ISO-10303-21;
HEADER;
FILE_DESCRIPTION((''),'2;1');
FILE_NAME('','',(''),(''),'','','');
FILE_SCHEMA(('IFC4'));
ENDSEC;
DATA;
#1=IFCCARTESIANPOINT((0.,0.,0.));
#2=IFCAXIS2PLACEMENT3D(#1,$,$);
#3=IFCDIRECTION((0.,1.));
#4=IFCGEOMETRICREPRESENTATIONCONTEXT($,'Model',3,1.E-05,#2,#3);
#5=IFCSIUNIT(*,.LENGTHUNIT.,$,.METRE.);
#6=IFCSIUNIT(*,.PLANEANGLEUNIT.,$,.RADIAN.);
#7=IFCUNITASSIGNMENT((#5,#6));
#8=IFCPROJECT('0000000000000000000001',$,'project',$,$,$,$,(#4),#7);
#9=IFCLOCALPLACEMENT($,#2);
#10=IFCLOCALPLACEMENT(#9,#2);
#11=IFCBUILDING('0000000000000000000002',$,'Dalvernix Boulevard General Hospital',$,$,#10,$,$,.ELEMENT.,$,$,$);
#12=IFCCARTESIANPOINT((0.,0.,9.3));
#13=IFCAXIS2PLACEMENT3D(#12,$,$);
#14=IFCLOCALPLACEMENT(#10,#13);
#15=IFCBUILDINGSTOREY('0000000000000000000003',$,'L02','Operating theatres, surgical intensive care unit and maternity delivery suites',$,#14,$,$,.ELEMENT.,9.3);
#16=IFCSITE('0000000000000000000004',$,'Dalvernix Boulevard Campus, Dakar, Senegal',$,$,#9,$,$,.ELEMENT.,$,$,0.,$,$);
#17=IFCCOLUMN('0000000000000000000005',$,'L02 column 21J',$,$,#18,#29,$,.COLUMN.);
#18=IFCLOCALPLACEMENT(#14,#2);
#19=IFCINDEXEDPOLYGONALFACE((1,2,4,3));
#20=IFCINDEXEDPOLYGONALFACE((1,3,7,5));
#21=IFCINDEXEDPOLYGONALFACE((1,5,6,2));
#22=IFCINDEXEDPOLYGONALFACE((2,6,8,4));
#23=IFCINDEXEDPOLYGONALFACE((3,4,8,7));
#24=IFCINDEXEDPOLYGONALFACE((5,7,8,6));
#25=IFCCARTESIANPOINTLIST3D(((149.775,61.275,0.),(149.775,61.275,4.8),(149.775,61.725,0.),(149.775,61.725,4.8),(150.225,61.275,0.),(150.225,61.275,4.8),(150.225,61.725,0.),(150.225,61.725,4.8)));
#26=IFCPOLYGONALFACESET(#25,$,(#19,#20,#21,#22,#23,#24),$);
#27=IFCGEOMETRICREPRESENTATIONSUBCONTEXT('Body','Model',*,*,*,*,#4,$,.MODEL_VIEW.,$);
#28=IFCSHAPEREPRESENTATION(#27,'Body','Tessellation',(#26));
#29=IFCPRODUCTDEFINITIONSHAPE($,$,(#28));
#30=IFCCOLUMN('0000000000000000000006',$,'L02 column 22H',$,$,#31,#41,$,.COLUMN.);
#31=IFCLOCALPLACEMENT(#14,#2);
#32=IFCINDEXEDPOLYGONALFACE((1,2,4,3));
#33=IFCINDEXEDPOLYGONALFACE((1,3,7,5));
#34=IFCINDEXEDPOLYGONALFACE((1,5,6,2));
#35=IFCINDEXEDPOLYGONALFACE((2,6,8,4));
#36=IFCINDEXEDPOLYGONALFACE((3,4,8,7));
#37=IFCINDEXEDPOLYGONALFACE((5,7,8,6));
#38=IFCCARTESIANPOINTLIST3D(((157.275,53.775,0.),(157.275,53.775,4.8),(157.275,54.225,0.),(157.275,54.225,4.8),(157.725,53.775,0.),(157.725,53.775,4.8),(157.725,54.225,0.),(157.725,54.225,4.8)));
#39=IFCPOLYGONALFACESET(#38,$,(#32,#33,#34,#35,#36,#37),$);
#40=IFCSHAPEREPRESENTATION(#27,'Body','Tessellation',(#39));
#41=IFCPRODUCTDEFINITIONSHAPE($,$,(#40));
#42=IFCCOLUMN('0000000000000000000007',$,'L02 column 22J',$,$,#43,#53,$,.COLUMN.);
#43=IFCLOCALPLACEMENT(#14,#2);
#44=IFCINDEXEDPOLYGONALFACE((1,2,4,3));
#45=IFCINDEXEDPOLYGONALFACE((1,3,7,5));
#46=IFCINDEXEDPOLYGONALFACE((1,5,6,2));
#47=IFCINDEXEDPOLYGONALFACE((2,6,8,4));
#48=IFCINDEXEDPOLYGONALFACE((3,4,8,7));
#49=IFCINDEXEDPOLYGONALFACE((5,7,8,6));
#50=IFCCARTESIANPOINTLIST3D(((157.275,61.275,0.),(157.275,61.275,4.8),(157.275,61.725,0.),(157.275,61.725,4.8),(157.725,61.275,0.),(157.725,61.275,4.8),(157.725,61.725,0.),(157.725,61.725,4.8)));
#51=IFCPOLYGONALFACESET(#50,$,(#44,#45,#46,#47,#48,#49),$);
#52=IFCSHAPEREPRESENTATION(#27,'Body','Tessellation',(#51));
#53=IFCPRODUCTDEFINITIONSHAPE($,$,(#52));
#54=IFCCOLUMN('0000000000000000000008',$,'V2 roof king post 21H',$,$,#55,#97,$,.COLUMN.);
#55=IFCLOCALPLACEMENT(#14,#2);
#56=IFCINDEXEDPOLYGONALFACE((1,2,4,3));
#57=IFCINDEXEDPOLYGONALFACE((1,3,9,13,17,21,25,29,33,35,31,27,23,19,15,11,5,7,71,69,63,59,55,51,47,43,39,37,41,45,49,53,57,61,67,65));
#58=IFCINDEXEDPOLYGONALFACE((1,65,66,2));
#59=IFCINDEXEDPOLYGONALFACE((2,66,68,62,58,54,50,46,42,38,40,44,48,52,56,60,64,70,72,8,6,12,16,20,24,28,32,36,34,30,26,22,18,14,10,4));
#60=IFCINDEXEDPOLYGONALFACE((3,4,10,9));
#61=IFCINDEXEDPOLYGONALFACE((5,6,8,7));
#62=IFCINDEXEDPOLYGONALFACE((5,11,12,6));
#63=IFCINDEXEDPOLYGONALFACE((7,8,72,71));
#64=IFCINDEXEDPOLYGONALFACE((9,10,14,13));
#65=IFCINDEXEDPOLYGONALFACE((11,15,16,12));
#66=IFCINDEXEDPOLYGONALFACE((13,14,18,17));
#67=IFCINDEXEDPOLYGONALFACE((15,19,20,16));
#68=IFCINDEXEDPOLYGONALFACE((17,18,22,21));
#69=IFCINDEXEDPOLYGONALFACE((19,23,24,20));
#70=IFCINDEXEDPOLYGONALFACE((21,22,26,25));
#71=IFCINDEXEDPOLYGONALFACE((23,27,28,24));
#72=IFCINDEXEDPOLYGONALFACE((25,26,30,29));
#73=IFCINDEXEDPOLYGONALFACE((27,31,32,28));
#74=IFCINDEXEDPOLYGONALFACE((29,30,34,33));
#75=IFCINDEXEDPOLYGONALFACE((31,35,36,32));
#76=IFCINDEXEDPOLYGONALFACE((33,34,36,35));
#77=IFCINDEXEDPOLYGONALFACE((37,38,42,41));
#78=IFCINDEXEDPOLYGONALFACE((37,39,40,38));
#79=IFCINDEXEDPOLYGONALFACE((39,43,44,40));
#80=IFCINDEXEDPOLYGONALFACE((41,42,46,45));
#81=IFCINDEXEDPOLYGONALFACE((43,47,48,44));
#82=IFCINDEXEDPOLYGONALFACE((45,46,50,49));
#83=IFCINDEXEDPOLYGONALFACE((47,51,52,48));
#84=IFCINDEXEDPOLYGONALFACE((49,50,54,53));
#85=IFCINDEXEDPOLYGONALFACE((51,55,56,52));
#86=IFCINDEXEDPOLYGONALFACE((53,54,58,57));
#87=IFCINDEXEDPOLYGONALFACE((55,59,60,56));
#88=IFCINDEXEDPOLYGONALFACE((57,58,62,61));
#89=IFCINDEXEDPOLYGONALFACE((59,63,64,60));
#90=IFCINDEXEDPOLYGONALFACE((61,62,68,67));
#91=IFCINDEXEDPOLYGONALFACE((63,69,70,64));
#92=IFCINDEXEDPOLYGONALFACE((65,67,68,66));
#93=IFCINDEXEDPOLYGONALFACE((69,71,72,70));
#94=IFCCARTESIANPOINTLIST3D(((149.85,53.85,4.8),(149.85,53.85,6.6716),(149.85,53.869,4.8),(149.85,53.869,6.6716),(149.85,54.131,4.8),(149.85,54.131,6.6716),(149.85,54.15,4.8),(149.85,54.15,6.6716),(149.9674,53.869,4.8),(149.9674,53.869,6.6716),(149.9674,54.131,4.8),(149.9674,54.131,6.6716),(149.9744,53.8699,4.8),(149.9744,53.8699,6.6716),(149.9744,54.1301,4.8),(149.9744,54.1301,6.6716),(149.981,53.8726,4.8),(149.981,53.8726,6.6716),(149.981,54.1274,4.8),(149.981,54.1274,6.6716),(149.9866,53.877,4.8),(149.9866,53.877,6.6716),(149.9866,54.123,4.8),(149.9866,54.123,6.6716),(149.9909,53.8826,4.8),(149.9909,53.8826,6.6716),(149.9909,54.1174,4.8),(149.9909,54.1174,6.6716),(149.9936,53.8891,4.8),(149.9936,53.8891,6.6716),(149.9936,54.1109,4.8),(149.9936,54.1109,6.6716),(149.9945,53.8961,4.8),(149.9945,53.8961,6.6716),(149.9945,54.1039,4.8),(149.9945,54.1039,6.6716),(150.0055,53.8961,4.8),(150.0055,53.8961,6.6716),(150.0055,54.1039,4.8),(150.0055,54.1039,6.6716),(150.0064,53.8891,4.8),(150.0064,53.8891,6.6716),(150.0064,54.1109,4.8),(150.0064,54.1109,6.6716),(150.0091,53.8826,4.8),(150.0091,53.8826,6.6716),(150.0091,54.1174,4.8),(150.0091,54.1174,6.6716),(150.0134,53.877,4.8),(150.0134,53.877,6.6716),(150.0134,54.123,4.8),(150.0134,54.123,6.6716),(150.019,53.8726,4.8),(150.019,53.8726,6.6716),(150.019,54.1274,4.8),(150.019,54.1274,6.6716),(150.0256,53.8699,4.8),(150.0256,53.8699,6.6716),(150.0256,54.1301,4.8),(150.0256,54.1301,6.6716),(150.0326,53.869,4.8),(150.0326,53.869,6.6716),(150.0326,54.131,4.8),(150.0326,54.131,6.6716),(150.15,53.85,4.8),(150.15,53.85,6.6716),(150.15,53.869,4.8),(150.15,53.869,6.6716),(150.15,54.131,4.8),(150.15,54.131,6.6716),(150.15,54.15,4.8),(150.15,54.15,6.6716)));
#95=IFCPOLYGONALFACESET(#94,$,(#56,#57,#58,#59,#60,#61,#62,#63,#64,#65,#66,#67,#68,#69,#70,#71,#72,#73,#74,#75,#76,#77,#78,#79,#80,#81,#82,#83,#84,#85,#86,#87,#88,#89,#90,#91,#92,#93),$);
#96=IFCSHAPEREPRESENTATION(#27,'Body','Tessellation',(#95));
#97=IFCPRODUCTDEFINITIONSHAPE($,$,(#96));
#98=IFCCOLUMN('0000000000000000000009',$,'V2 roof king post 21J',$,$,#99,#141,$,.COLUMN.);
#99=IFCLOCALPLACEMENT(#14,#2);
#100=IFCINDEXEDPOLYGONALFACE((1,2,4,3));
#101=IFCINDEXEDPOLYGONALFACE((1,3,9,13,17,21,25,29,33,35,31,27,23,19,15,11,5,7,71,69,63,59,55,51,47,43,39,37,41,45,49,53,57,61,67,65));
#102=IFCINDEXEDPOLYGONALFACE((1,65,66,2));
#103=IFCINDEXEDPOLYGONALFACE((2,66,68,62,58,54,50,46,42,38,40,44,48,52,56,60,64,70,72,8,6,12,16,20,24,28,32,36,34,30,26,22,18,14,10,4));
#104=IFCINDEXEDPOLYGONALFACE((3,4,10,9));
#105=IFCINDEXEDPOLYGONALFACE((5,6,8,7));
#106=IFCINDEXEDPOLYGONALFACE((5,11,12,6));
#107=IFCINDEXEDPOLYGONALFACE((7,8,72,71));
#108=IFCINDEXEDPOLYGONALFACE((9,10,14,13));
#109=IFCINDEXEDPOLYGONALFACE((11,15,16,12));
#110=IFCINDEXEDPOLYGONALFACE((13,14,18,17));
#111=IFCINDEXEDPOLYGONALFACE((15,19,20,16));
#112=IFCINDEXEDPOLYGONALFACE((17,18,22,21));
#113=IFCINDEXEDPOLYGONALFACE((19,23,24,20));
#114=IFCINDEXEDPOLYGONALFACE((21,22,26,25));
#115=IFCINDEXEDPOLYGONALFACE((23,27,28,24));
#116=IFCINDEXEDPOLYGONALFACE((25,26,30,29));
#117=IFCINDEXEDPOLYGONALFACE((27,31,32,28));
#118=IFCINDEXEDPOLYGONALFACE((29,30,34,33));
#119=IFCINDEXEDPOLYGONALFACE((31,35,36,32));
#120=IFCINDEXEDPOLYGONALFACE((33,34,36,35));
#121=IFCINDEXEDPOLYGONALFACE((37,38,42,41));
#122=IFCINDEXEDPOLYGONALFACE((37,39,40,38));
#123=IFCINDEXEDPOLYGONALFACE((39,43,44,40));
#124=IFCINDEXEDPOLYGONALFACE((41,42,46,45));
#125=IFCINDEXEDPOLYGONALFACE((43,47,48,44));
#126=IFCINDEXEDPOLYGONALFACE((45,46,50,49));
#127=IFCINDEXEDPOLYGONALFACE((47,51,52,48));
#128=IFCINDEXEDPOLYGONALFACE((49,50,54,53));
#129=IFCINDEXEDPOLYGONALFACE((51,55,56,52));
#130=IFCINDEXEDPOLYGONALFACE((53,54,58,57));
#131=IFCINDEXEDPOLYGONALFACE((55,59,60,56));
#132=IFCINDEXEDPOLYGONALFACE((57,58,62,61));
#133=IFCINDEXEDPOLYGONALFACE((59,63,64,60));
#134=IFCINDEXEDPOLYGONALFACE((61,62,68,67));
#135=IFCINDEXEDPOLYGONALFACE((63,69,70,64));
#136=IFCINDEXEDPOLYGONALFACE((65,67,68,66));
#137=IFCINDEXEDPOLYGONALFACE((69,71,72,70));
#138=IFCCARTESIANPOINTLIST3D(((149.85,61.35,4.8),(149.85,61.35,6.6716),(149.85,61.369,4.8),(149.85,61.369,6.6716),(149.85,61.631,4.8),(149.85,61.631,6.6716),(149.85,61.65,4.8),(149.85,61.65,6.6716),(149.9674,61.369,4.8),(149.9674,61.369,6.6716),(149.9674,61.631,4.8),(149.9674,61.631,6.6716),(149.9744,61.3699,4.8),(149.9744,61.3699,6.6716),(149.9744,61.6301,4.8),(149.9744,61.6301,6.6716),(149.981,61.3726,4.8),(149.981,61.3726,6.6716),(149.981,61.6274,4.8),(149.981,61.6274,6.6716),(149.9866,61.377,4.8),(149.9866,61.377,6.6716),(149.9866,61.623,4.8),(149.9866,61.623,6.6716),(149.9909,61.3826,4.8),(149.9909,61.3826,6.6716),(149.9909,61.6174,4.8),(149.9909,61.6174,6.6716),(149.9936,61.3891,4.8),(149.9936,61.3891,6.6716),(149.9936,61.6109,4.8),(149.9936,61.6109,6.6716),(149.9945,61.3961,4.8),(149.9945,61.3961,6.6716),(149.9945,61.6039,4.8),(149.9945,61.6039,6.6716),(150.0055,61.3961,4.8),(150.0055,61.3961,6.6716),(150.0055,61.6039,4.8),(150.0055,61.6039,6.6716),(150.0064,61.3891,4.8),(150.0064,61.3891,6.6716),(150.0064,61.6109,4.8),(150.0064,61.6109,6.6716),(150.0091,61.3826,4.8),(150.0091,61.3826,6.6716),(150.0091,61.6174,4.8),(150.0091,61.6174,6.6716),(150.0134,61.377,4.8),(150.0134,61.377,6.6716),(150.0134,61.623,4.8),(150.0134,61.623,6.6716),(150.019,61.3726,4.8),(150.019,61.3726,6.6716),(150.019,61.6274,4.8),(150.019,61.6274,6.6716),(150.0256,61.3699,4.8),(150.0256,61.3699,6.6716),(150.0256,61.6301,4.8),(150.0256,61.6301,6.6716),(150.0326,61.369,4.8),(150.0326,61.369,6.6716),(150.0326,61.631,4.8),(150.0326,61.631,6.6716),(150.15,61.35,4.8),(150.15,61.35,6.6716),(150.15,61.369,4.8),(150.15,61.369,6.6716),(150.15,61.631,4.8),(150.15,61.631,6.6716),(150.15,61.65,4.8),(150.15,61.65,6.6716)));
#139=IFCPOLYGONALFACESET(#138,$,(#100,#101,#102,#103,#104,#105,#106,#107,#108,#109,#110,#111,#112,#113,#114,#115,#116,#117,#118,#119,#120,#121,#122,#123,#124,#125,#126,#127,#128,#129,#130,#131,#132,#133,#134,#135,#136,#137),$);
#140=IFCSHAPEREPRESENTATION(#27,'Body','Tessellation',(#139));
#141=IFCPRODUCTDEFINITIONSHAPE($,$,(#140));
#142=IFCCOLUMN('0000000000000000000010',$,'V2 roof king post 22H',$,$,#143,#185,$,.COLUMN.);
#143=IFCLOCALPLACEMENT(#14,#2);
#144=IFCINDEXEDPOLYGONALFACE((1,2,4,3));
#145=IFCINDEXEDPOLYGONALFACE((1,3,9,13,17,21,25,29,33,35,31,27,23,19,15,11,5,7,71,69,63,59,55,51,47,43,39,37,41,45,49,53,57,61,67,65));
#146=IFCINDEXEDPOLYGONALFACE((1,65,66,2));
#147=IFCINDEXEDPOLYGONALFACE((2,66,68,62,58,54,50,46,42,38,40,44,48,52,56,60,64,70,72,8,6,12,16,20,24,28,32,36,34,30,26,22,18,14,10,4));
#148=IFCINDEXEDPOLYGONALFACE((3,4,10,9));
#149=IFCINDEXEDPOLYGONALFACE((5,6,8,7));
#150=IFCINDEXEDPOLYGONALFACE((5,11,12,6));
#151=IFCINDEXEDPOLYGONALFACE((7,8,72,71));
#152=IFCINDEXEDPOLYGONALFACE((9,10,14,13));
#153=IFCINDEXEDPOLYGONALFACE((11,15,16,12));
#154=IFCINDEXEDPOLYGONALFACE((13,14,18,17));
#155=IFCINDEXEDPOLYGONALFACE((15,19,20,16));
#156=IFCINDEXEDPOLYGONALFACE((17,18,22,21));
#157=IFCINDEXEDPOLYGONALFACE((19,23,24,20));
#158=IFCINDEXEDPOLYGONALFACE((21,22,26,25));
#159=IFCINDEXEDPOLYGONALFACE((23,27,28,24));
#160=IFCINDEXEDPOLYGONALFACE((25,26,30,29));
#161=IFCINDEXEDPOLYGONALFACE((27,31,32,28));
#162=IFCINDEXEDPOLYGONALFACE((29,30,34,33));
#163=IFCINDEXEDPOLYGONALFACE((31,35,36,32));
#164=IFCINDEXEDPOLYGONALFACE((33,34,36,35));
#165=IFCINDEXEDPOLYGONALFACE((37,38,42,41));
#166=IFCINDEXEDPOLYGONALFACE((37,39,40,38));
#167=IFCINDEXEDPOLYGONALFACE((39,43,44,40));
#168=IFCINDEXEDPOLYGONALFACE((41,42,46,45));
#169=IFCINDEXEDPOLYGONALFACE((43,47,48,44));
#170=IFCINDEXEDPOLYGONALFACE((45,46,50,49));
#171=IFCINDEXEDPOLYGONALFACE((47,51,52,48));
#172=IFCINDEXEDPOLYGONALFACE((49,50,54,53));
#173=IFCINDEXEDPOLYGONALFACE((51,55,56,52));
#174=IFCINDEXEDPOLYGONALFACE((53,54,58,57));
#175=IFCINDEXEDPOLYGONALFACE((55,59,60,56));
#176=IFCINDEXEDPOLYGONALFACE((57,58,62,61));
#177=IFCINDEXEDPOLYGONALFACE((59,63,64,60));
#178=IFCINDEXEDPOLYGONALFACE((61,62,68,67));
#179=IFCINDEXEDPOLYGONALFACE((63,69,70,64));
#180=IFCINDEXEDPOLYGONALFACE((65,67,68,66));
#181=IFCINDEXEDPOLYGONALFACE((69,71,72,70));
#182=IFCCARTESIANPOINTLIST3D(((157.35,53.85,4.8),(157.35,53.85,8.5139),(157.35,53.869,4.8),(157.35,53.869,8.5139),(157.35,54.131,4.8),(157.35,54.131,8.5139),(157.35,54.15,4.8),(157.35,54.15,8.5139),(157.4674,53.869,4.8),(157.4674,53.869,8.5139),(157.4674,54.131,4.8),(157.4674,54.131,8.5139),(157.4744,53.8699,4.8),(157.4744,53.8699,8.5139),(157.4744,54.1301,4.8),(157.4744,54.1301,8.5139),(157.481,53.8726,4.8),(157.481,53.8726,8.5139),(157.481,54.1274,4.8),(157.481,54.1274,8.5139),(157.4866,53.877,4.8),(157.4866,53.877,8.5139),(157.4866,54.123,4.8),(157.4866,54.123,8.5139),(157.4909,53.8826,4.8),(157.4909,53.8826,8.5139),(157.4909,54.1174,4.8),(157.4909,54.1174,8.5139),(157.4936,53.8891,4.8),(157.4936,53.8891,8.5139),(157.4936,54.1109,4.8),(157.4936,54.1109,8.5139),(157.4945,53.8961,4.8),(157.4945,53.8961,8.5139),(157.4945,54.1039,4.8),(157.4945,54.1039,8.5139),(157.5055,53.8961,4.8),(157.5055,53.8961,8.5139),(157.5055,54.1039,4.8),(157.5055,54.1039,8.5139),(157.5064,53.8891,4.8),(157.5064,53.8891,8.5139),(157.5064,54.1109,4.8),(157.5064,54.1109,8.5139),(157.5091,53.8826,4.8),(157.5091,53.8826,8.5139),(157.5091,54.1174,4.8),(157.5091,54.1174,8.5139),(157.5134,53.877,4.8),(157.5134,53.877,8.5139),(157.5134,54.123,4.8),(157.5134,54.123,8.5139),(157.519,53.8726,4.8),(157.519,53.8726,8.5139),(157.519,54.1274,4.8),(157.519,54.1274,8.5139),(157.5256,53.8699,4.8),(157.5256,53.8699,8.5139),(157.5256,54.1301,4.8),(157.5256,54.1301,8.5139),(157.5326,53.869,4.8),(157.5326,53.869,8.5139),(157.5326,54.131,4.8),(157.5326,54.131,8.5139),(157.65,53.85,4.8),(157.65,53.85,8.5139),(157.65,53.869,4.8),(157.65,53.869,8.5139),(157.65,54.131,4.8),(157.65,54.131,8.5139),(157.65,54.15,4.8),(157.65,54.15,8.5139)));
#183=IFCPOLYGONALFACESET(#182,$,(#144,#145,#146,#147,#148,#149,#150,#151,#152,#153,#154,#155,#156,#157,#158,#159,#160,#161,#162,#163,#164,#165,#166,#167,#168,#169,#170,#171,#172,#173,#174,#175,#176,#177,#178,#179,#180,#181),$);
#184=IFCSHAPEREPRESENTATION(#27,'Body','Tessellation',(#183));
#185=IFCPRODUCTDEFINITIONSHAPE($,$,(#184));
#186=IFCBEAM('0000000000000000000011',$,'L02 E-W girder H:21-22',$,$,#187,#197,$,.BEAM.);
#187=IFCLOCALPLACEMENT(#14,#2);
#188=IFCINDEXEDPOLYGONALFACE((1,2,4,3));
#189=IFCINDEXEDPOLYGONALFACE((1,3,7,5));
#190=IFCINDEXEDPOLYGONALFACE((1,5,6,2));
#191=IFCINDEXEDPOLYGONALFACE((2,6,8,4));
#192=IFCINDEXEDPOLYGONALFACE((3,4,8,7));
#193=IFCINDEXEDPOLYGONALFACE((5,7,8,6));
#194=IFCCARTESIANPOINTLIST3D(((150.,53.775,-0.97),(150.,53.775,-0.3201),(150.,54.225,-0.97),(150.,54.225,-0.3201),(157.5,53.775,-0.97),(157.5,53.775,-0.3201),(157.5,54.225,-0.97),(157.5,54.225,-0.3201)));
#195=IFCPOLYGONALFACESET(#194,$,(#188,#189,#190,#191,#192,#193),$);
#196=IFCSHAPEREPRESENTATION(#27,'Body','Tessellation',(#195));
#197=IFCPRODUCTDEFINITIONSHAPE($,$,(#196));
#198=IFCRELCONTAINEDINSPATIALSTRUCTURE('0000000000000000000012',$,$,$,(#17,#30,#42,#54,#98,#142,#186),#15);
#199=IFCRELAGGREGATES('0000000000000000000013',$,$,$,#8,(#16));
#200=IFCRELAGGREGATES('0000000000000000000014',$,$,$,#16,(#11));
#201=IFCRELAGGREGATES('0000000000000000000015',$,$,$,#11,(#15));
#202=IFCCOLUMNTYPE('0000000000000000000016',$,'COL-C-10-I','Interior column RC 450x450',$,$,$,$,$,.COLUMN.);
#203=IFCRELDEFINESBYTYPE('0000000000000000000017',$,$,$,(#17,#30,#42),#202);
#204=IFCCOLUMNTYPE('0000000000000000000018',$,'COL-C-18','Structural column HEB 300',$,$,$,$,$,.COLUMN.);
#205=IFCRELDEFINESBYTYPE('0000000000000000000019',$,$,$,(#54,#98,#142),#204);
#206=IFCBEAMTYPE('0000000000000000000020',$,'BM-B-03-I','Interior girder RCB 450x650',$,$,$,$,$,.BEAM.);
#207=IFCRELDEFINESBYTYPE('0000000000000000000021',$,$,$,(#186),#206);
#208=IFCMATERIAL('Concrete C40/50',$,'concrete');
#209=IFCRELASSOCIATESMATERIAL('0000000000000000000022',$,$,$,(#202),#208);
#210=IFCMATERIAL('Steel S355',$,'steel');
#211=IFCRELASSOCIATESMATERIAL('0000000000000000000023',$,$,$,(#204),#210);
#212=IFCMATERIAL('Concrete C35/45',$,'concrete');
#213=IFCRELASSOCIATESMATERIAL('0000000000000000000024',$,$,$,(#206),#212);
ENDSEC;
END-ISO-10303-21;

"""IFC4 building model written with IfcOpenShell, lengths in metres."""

from ifc_helpers import new_model, si_unit, direction, frame, origin, origin_2d, place, context, subcontext, project, spatial, rectangle, i_section, extrude, material, material_profile, profile_set, type_object, element, save


model = new_model("IFC4")

# Units and contexts
model_context = context("Model", 3, precision=1e-05, world=origin(), true_north=direction((0.0, 1.0)))
body_context = subcontext(model_context, "Body", "Model", "MODEL_VIEW")
ifc_project = project(units=[si_unit("LENGTHUNIT", "METRE"), si_unit("PLANEANGLEUNIT", "RADIAN")], contexts=[model_context])

# Site, building, storey
site_placement = place(None, origin())
site = spatial("IfcSite", under=ifc_project, at=site_placement, Name="Dalvernix Boulevard Campus, Dakar, Senegal", CompositionType="ELEMENT", RefElevation=0.0)
building_placement = place(site_placement, origin())
building = spatial("IfcBuilding", under=site, at=building_placement, Name="Dalvernix Boulevard General Hospital", CompositionType="ELEMENT")
storey_placement = place(building_placement, frame((0.0, 0.0, 9.3)))
storey = spatial("IfcBuildingStorey", under=building, at=storey_placement, Name="L02", Description="Operating theatres, surgical intensive care unit and maternity delivery suites", CompositionType="ELEMENT", Elevation=9.3)

# Columns
ifc_material_1 = material(Name="Concrete C40/50", Category="concrete")
ifc_material_profile_1 = material_profile(ifc_material_1, rectangle(XDim=0.45, YDim=0.45, at=origin_2d()), Name="RC 450x450")
ifc_profile_set_1 = profile_set([ifc_material_profile_1], Name="Concrete C40/50")
column_type_1 = type_object("IfcColumnType", Name="COL-C-10-I", Description="Interior column RC 450x450", PredefinedType="COLUMN", material=ifc_profile_set_1)
for number, where, z_axis, x_axis, name in (
    (1, (150.0, 61.5, 0.0), (0.0, 0.0, 1.0), (1.0, 0.0, 0.0), "L02 column 21J"),
    (2, (157.5, 54.0, 0.0), (0.0, 0.0, 1.0), (1.0, 0.0, 0.0), "L02 column 22H"),
    (3, (157.5, 61.5, 0.0), (0.0, 0.0, 1.0), (1.0, 0.0, 0.0), "L02 column 22J"),
):
    element("IfcColumn", number, at=place(storey_placement, frame(where, z_axis=z_axis, x_axis=x_axis)), inside=storey, type_object=column_type_1, Name=name, PredefinedType="COLUMN", context=body_context, shape_type="SweptSolid", body=[
        extrude(rectangle(XDim=0.45, YDim=0.45, at=origin_2d()), origin(), (0.0, 0.0, 1.0), 4.8),
    ])
ifc_material_2 = material(Name="Steel S355", Category="steel")
ifc_material_profile_2 = material_profile(ifc_material_2, i_section(OverallWidth=0.3, OverallDepth=0.3, WebThickness=0.011, FlangeThickness=0.019, FilletRadius=0.0271, at=origin_2d()), Name="HEB 300")
ifc_profile_set_2 = profile_set([ifc_material_profile_2], Name="Steel S355")
column_type_2 = type_object("IfcColumnType", Name="COL-C-18", Description="Structural column HEB 300", PredefinedType="COLUMN", material=ifc_profile_set_2)
for number, where, z_axis, x_axis, name in (
    (4, (150.0, 54.0, 4.8), (0.0, 0.0, 1.0), (1.0, 0.0, 0.0), "V2 roof king post 21H"),
    (5, (150.0, 61.5, 4.8), (0.0, 0.0, 1.0), (1.0, 0.0, 0.0), "V2 roof king post 21J"),
):
    element("IfcColumn", number, at=place(storey_placement, frame(where, z_axis=z_axis, x_axis=x_axis)), inside=storey, type_object=column_type_2, Name=name, PredefinedType="COLUMN", context=body_context, shape_type="SweptSolid", body=[
        extrude(i_section(OverallWidth=0.3, OverallDepth=0.3, WebThickness=0.011, FlangeThickness=0.019, FilletRadius=0.0271, at=origin_2d()), origin(), (0.0, 0.0, 1.0), 1.8716),
    ])
column_placement = place(storey_placement, frame((157.5, 54.0, 4.8), z_axis=(0.0, 0.0, 1.0), x_axis=(1.0, 0.0, 0.0)))
element("IfcColumn", 6, at=column_placement, inside=storey, type_object=column_type_2, Name="V2 roof king post 22H", PredefinedType="COLUMN", context=body_context, shape_type="SweptSolid", body=[
    extrude(i_section(OverallWidth=0.3, OverallDepth=0.3, WebThickness=0.011, FlangeThickness=0.019, FilletRadius=0.0271, at=origin_2d()), origin(), (0.0, 0.0, 1.0), 3.7139),
])

# Beam
ifc_material_3 = material(Name="Concrete C35/45", Category="concrete")
ifc_material_profile_3 = material_profile(ifc_material_3, rectangle(XDim=0.45, YDim=0.6499, at=origin_2d()), Name="RCB 450x650")
ifc_profile_set_3 = profile_set([ifc_material_profile_3], Name="Concrete C35/45")
beam_type_1 = type_object("IfcBeamType", Name="BM-B-03-I", Description="Interior girder RCB 450x650", PredefinedType="BEAM", material=ifc_profile_set_3)
for number, where, z_axis, x_axis, name in (
    (7, (150.0, 54.0, -0.645), (1.0, 0.0, 0.0), (0.0, 1.0, 0.0), "L02 E-W girder H:21-22"),
):
    element("IfcBeam", number, at=place(storey_placement, frame(where, z_axis=z_axis, x_axis=x_axis)), inside=storey, type_object=beam_type_1, Name=name, PredefinedType="BEAM", context=body_context, shape_type="SweptSolid", body=[
        extrude(rectangle(XDim=0.45, YDim=0.6499, at=origin_2d()), origin(), (0.0, 0.0, 1.0), 7.5),
    ])

save(model, "model.ifc")
